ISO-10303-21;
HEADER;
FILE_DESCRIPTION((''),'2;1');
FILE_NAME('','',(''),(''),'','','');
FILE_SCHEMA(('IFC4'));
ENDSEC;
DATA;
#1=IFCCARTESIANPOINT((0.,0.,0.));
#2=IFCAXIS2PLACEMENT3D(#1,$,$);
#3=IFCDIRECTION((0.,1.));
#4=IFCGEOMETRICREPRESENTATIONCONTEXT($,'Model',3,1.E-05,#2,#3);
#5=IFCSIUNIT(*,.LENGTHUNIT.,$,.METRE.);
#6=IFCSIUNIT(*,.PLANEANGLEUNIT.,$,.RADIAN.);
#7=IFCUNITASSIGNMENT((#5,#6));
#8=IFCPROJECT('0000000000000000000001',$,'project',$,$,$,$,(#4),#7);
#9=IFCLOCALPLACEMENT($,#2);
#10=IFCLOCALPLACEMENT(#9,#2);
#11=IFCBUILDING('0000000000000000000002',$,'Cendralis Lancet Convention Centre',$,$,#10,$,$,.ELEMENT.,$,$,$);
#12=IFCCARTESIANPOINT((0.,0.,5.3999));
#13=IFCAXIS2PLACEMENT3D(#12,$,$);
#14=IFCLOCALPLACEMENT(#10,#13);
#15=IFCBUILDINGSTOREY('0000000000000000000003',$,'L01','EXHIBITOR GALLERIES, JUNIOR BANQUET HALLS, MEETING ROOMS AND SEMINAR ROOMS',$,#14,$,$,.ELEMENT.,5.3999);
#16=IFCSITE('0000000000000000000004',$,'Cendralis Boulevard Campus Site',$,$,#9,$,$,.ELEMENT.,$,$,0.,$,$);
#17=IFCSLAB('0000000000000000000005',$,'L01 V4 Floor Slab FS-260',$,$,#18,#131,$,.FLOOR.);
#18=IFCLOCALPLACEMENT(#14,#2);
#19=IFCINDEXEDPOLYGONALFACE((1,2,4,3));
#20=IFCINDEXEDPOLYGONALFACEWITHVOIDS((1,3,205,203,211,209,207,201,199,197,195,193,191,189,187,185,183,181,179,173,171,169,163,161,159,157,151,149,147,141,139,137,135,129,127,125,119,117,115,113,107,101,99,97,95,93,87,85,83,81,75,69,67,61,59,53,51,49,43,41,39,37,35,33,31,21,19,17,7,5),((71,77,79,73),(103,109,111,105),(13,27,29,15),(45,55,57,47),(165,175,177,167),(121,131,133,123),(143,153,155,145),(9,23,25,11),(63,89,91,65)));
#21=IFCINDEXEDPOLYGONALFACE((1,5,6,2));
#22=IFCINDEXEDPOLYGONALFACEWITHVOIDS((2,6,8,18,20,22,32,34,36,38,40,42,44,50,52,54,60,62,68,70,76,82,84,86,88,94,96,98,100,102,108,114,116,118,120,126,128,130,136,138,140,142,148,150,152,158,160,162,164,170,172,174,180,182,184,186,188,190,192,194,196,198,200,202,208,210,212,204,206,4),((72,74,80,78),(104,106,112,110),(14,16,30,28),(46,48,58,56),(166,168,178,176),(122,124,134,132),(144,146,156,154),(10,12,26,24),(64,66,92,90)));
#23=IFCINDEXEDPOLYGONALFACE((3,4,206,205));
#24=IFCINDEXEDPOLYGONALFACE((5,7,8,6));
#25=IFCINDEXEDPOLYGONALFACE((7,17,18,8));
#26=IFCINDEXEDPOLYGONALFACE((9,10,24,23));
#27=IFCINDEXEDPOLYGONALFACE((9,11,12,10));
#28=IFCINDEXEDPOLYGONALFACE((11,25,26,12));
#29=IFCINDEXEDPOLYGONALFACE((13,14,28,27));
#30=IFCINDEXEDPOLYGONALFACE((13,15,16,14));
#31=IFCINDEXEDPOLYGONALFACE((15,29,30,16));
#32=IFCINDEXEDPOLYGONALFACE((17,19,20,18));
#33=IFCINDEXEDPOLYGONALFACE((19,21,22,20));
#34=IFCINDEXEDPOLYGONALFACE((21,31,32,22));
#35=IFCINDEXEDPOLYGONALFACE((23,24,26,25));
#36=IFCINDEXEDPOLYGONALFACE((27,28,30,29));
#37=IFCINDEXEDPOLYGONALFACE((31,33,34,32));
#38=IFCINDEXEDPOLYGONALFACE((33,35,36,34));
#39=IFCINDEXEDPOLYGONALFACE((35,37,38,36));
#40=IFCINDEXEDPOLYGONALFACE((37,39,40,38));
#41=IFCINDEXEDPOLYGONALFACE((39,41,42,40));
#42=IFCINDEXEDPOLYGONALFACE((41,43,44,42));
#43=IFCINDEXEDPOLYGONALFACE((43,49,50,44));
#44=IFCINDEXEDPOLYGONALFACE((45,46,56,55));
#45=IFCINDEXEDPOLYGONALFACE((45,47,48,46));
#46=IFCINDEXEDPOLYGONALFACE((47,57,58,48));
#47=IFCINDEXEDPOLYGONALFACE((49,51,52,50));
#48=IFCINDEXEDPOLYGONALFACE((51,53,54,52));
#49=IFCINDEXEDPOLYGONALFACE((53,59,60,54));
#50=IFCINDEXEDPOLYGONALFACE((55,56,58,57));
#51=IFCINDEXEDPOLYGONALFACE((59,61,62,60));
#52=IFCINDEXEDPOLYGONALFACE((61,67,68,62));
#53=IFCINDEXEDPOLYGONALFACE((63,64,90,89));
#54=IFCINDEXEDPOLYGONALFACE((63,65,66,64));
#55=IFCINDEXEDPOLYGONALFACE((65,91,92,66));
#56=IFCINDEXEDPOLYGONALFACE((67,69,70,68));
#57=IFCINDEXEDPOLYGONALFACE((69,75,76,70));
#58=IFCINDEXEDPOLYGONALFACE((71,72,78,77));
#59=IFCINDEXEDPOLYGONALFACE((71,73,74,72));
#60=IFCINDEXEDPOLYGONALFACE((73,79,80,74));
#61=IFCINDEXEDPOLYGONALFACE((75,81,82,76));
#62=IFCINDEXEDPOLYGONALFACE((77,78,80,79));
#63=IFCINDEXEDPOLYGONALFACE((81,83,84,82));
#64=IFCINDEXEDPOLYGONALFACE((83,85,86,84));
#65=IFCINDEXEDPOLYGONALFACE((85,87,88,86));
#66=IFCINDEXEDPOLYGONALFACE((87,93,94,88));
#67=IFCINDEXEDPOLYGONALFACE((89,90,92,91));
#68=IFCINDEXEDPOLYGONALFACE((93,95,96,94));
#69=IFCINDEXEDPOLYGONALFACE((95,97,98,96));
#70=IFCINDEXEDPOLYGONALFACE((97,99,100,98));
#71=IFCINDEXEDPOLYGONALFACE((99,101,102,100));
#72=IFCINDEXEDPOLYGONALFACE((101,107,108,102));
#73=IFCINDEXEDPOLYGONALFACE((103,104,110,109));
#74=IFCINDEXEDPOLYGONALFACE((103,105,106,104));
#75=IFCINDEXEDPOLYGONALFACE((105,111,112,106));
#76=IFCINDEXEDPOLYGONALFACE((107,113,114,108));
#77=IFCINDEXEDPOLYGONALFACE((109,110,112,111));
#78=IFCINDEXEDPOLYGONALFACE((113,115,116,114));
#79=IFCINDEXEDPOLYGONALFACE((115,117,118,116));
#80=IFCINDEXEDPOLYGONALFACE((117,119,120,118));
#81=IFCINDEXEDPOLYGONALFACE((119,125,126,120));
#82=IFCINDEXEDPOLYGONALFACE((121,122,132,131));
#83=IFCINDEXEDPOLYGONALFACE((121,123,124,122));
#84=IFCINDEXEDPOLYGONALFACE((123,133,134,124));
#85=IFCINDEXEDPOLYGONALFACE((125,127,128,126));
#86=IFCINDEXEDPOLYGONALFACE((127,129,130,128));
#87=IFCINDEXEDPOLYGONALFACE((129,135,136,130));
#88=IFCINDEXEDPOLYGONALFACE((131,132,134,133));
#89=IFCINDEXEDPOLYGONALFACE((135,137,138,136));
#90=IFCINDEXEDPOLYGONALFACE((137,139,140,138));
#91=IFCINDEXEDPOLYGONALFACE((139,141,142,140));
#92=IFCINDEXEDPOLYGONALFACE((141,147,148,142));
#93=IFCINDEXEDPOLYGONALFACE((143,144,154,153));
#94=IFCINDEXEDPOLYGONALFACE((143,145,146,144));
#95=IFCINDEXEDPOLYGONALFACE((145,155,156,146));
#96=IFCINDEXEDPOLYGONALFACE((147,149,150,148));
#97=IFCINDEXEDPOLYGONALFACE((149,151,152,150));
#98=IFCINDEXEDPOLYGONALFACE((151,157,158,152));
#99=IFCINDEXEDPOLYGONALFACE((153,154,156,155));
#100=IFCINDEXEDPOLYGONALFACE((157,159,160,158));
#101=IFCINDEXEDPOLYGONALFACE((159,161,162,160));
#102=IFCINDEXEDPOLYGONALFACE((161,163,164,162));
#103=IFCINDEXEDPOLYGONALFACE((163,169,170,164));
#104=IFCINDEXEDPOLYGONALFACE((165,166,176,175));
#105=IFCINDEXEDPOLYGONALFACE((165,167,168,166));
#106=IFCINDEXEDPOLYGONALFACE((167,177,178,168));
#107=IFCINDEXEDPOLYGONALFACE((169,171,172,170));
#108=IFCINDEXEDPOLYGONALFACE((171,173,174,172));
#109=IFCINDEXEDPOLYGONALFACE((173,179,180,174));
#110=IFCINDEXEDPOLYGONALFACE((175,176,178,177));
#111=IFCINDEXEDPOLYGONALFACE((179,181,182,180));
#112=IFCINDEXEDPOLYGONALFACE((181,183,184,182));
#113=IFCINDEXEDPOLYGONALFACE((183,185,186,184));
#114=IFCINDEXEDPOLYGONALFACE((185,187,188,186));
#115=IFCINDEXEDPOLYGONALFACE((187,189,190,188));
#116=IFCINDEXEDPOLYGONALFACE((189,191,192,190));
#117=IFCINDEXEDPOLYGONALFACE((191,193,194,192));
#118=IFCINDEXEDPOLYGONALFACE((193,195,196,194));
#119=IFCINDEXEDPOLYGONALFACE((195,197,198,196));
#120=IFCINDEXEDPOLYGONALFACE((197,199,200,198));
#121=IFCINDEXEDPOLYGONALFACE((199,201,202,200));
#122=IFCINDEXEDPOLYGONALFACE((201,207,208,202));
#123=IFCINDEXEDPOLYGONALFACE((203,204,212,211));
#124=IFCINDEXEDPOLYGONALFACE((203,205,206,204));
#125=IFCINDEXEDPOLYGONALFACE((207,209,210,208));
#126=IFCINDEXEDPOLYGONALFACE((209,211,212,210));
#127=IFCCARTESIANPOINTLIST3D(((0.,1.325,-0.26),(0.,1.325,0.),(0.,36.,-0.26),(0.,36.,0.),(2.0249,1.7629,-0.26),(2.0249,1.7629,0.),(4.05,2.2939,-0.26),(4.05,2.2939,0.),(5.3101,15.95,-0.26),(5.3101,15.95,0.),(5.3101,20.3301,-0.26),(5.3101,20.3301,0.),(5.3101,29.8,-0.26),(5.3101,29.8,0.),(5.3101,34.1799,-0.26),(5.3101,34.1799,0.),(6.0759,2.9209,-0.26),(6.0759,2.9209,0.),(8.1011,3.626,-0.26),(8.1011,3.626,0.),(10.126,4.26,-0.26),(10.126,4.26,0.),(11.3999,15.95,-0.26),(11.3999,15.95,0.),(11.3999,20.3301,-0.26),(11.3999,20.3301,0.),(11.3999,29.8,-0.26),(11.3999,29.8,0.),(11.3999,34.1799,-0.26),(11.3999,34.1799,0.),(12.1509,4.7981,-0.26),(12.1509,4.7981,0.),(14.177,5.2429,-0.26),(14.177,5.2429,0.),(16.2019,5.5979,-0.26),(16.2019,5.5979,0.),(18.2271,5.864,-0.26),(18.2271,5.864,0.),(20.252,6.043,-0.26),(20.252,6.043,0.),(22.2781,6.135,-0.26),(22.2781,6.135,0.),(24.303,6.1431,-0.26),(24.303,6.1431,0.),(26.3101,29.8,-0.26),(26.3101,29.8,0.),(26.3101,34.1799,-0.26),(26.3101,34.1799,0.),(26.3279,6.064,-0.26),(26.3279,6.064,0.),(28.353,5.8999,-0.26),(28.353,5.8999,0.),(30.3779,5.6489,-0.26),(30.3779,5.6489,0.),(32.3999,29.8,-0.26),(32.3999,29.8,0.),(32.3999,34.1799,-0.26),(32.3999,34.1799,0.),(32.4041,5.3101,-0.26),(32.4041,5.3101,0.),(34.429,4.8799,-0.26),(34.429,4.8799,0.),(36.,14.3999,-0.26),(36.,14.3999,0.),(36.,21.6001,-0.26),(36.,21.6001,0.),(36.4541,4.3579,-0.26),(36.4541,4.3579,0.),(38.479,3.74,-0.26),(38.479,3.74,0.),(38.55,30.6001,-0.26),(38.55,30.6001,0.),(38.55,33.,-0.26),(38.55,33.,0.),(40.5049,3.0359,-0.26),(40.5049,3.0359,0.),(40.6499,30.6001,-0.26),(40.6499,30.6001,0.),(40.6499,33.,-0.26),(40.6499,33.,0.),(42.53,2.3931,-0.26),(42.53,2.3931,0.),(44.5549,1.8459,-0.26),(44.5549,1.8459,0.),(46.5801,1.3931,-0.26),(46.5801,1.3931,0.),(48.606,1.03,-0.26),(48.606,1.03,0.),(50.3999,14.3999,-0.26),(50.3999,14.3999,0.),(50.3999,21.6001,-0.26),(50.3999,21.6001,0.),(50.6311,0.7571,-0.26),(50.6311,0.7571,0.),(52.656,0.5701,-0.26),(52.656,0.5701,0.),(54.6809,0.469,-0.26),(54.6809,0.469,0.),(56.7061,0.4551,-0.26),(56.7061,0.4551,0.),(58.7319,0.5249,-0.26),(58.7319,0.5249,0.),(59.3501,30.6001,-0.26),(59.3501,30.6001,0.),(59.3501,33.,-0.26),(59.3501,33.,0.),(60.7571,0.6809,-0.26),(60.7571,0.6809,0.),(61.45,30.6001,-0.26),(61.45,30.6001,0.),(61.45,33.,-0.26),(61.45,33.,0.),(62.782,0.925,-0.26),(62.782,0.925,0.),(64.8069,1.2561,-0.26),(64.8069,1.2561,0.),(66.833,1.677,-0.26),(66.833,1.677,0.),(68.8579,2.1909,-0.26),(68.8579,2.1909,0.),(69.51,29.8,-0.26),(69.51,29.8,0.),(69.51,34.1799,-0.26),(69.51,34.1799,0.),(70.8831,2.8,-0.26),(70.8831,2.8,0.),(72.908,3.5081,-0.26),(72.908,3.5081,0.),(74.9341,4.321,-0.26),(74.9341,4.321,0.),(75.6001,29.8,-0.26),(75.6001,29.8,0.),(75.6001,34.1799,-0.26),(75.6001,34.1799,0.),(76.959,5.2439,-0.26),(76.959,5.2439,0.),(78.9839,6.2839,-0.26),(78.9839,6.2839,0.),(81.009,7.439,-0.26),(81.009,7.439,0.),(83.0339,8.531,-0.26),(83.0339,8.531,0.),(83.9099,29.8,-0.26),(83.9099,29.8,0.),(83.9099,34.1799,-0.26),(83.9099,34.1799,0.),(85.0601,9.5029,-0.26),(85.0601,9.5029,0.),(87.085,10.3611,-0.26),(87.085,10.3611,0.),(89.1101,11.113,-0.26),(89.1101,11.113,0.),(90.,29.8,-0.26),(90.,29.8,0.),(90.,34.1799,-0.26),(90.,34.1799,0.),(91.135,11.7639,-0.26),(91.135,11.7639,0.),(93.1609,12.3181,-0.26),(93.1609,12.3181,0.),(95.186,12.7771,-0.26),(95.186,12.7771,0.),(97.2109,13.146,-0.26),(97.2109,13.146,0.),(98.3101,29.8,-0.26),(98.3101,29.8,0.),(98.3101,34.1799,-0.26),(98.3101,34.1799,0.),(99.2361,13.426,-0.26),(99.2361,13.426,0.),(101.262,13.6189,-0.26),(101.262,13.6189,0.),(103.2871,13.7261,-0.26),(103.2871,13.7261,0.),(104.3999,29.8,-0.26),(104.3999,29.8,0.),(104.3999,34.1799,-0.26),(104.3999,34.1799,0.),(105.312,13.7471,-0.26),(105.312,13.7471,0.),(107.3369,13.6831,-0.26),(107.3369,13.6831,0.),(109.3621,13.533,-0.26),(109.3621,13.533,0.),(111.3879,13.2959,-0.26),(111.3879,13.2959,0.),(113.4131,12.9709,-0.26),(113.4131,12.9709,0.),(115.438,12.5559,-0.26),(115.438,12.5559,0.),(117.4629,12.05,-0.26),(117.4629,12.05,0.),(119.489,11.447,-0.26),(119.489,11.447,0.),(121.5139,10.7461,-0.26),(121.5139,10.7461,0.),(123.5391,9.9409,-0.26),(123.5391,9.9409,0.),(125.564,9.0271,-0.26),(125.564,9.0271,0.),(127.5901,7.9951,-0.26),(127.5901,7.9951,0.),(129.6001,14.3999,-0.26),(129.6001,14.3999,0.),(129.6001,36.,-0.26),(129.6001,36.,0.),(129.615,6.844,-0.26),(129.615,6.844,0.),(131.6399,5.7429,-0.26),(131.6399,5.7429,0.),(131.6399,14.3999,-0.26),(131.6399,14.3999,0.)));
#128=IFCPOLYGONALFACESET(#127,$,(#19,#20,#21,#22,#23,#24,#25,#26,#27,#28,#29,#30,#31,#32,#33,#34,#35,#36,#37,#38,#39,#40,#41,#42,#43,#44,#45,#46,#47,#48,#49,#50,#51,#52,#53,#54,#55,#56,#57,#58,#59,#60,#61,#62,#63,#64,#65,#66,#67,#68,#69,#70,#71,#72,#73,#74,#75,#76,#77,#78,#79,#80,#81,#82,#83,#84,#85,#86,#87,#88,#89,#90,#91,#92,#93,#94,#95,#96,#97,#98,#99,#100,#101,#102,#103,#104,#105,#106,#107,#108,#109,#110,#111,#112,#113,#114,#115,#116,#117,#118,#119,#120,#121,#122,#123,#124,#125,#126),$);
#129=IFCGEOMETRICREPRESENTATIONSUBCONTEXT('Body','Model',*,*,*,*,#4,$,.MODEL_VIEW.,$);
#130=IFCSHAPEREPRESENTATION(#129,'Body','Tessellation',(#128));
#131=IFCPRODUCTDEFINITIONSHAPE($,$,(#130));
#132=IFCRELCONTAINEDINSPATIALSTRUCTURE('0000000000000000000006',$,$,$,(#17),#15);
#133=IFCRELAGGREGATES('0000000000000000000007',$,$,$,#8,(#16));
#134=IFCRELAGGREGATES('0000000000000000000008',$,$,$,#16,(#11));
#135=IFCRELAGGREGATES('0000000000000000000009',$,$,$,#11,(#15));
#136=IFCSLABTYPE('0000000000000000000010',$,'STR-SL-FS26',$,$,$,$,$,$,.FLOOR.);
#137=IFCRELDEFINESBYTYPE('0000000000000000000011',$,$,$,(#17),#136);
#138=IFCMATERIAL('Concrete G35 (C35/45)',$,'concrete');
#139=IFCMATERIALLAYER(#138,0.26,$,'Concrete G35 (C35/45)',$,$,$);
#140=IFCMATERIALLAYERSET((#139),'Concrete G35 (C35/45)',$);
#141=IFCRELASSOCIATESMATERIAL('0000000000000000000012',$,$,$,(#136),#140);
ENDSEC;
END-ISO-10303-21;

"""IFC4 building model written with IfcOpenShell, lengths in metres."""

from ifc_helpers import new_model, si_unit, direction, frame, origin, place, context, subcontext, project, spatial, polyline, outline, extrude, material, layer, layer_set, type_object, element, save


model = new_model("IFC4")

# Units and contexts
model_context = context("Model", 3, precision=1e-05, world=origin(), true_north=direction((0.0, 1.0)))
body_context = subcontext(model_context, "Body", "Model", "MODEL_VIEW")
ifc_project = project(units=[si_unit("LENGTHUNIT", "METRE"), si_unit("PLANEANGLEUNIT", "RADIAN")], contexts=[model_context])

# Site, building, storey
site_placement = place(None, origin())
site = spatial("IfcSite", under=ifc_project, at=site_placement, Name="Cendralis Boulevard Campus Site", CompositionType="ELEMENT", RefElevation=0.0)
building_placement = place(site_placement, origin())
building = spatial("IfcBuilding", under=site, at=building_placement, Name="Cendralis Lancet Convention Centre", CompositionType="ELEMENT")
storey_placement = place(building_placement, frame((0.0, 0.0, 5.3999)))
storey = spatial("IfcBuildingStorey", under=building, at=storey_placement, Name="L01", Description="EXHIBITOR GALLERIES, JUNIOR BANQUET HALLS, MEETING ROOMS AND SEMINAR ROOMS", CompositionType="ELEMENT", Elevation=5.3999)

# Slab
ifc_material_1 = material(Name="Concrete G35 (C35/45)", Category="concrete")
ifc_layer_1 = layer(ifc_material_1, 0.26, Name="Concrete G35 (C35/45)")
ifc_layer_set_1 = layer_set([ifc_layer_1], Name="Concrete G35 (C35/45)")
slab_type_1 = type_object("IfcSlabType", Name="STR-SL-FS26", PredefinedType="FLOOR", material=ifc_layer_set_1)
slab_1_placement = place(storey_placement, frame((0.0, 0.0, -0.26)))
element("IfcSlab", 1, at=slab_1_placement, inside=storey, type_object=slab_type_1, Name="L01 V4 Floor Slab FS-260", PredefinedType="FLOOR", context=body_context, shape_type="SweptSolid", body=[
    extrude(outline(polyline([(0.0, 1.325), (2.0249, 1.7629), (4.05, 2.2939), (6.0759, 2.9209), (8.1011, 3.626), (10.126, 4.26), (12.1509, 4.7981), (14.177, 5.2429), (16.2019, 5.5979), (18.2271, 5.864), (20.252, 6.043), (22.2781, 6.135), (24.303, 6.1431), (26.3279, 6.064), (28.353, 5.8999), (30.3779, 5.6489), (32.4041, 5.3101), (34.429, 4.8799), (36.4541, 4.3579), (38.479, 3.74), (40.5049, 3.0359), (42.53, 2.3931), (44.5549, 1.8459), (46.5801, 1.3931), (48.606, 1.03), (50.6311, 0.7571), (52.656, 0.5701), (54.6809, 0.469), (56.7061, 0.4551), (58.7319, 0.5249), (60.7571, 0.6809), (62.782, 0.925), (64.8069, 1.2561), (66.833, 1.677), (68.8579, 2.1909), (70.8831, 2.8), (72.908, 3.5081), (74.9341, 4.321), (76.959, 5.2439), (78.9839, 6.2839), (81.009, 7.439), (83.0339, 8.531), (85.0601, 9.5029), (87.085, 10.3611), (89.1101, 11.113), (91.135, 11.7639), (93.1609, 12.3181), (95.186, 12.7771), (97.2109, 13.146), (99.2361, 13.426), (101.262, 13.6189), (103.2871, 13.7261), (105.312, 13.7471), (107.3369, 13.6831), (109.3621, 13.533), (111.3879, 13.2959), (113.4131, 12.9709), (115.438, 12.5559), (117.4629, 12.05), (119.489, 11.447), (121.5139, 10.7461), (123.5391, 9.9409), (125.564, 9.0271), (127.5901, 7.9951), (129.615, 6.844), (131.6399, 5.7429), (131.6399, 14.3999), (129.6001, 14.3999), (129.6001, 36.0), (0.0, 36.0), (0.0, 1.325)]), holes=[polyline([(36.0, 14.3999), (50.3999, 14.3999), (50.3999, 21.6001), (36.0, 21.6001), (36.0, 14.3999)]), polyline([(26.3101, 29.8), (32.3999, 29.8), (32.3999, 34.1799), (26.3101, 34.1799), (26.3101, 29.8)]), polyline([(69.51, 29.8), (75.6001, 29.8), (75.6001, 34.1799), (69.51, 34.1799), (69.51, 29.8)]), polyline([(5.3101, 15.95), (11.3999, 15.95), (11.3999, 20.3301), (5.3101, 20.3301), (5.3101, 15.95)]), polyline([(98.3101, 29.8), (104.3999, 29.8), (104.3999, 34.1799), (98.3101, 34.1799), (98.3101, 29.8)]), polyline([(5.3101, 29.8), (11.3999, 29.8), (11.3999, 34.1799), (5.3101, 34.1799), (5.3101, 29.8)]), polyline([(83.9099, 29.8), (90.0, 29.8), (90.0, 34.1799), (83.9099, 34.1799), (83.9099, 29.8)]), polyline([(38.55, 30.6001), (40.6499, 30.6001), (40.6499, 33.0), (38.55, 33.0), (38.55, 30.6001)]), polyline([(59.3501, 30.6001), (61.45, 30.6001), (61.45, 33.0), (59.3501, 33.0), (59.3501, 30.6001)])]), origin(), (0.0, 0.0, 1.0), 0.26),
])

save(model, "model.ifc")
